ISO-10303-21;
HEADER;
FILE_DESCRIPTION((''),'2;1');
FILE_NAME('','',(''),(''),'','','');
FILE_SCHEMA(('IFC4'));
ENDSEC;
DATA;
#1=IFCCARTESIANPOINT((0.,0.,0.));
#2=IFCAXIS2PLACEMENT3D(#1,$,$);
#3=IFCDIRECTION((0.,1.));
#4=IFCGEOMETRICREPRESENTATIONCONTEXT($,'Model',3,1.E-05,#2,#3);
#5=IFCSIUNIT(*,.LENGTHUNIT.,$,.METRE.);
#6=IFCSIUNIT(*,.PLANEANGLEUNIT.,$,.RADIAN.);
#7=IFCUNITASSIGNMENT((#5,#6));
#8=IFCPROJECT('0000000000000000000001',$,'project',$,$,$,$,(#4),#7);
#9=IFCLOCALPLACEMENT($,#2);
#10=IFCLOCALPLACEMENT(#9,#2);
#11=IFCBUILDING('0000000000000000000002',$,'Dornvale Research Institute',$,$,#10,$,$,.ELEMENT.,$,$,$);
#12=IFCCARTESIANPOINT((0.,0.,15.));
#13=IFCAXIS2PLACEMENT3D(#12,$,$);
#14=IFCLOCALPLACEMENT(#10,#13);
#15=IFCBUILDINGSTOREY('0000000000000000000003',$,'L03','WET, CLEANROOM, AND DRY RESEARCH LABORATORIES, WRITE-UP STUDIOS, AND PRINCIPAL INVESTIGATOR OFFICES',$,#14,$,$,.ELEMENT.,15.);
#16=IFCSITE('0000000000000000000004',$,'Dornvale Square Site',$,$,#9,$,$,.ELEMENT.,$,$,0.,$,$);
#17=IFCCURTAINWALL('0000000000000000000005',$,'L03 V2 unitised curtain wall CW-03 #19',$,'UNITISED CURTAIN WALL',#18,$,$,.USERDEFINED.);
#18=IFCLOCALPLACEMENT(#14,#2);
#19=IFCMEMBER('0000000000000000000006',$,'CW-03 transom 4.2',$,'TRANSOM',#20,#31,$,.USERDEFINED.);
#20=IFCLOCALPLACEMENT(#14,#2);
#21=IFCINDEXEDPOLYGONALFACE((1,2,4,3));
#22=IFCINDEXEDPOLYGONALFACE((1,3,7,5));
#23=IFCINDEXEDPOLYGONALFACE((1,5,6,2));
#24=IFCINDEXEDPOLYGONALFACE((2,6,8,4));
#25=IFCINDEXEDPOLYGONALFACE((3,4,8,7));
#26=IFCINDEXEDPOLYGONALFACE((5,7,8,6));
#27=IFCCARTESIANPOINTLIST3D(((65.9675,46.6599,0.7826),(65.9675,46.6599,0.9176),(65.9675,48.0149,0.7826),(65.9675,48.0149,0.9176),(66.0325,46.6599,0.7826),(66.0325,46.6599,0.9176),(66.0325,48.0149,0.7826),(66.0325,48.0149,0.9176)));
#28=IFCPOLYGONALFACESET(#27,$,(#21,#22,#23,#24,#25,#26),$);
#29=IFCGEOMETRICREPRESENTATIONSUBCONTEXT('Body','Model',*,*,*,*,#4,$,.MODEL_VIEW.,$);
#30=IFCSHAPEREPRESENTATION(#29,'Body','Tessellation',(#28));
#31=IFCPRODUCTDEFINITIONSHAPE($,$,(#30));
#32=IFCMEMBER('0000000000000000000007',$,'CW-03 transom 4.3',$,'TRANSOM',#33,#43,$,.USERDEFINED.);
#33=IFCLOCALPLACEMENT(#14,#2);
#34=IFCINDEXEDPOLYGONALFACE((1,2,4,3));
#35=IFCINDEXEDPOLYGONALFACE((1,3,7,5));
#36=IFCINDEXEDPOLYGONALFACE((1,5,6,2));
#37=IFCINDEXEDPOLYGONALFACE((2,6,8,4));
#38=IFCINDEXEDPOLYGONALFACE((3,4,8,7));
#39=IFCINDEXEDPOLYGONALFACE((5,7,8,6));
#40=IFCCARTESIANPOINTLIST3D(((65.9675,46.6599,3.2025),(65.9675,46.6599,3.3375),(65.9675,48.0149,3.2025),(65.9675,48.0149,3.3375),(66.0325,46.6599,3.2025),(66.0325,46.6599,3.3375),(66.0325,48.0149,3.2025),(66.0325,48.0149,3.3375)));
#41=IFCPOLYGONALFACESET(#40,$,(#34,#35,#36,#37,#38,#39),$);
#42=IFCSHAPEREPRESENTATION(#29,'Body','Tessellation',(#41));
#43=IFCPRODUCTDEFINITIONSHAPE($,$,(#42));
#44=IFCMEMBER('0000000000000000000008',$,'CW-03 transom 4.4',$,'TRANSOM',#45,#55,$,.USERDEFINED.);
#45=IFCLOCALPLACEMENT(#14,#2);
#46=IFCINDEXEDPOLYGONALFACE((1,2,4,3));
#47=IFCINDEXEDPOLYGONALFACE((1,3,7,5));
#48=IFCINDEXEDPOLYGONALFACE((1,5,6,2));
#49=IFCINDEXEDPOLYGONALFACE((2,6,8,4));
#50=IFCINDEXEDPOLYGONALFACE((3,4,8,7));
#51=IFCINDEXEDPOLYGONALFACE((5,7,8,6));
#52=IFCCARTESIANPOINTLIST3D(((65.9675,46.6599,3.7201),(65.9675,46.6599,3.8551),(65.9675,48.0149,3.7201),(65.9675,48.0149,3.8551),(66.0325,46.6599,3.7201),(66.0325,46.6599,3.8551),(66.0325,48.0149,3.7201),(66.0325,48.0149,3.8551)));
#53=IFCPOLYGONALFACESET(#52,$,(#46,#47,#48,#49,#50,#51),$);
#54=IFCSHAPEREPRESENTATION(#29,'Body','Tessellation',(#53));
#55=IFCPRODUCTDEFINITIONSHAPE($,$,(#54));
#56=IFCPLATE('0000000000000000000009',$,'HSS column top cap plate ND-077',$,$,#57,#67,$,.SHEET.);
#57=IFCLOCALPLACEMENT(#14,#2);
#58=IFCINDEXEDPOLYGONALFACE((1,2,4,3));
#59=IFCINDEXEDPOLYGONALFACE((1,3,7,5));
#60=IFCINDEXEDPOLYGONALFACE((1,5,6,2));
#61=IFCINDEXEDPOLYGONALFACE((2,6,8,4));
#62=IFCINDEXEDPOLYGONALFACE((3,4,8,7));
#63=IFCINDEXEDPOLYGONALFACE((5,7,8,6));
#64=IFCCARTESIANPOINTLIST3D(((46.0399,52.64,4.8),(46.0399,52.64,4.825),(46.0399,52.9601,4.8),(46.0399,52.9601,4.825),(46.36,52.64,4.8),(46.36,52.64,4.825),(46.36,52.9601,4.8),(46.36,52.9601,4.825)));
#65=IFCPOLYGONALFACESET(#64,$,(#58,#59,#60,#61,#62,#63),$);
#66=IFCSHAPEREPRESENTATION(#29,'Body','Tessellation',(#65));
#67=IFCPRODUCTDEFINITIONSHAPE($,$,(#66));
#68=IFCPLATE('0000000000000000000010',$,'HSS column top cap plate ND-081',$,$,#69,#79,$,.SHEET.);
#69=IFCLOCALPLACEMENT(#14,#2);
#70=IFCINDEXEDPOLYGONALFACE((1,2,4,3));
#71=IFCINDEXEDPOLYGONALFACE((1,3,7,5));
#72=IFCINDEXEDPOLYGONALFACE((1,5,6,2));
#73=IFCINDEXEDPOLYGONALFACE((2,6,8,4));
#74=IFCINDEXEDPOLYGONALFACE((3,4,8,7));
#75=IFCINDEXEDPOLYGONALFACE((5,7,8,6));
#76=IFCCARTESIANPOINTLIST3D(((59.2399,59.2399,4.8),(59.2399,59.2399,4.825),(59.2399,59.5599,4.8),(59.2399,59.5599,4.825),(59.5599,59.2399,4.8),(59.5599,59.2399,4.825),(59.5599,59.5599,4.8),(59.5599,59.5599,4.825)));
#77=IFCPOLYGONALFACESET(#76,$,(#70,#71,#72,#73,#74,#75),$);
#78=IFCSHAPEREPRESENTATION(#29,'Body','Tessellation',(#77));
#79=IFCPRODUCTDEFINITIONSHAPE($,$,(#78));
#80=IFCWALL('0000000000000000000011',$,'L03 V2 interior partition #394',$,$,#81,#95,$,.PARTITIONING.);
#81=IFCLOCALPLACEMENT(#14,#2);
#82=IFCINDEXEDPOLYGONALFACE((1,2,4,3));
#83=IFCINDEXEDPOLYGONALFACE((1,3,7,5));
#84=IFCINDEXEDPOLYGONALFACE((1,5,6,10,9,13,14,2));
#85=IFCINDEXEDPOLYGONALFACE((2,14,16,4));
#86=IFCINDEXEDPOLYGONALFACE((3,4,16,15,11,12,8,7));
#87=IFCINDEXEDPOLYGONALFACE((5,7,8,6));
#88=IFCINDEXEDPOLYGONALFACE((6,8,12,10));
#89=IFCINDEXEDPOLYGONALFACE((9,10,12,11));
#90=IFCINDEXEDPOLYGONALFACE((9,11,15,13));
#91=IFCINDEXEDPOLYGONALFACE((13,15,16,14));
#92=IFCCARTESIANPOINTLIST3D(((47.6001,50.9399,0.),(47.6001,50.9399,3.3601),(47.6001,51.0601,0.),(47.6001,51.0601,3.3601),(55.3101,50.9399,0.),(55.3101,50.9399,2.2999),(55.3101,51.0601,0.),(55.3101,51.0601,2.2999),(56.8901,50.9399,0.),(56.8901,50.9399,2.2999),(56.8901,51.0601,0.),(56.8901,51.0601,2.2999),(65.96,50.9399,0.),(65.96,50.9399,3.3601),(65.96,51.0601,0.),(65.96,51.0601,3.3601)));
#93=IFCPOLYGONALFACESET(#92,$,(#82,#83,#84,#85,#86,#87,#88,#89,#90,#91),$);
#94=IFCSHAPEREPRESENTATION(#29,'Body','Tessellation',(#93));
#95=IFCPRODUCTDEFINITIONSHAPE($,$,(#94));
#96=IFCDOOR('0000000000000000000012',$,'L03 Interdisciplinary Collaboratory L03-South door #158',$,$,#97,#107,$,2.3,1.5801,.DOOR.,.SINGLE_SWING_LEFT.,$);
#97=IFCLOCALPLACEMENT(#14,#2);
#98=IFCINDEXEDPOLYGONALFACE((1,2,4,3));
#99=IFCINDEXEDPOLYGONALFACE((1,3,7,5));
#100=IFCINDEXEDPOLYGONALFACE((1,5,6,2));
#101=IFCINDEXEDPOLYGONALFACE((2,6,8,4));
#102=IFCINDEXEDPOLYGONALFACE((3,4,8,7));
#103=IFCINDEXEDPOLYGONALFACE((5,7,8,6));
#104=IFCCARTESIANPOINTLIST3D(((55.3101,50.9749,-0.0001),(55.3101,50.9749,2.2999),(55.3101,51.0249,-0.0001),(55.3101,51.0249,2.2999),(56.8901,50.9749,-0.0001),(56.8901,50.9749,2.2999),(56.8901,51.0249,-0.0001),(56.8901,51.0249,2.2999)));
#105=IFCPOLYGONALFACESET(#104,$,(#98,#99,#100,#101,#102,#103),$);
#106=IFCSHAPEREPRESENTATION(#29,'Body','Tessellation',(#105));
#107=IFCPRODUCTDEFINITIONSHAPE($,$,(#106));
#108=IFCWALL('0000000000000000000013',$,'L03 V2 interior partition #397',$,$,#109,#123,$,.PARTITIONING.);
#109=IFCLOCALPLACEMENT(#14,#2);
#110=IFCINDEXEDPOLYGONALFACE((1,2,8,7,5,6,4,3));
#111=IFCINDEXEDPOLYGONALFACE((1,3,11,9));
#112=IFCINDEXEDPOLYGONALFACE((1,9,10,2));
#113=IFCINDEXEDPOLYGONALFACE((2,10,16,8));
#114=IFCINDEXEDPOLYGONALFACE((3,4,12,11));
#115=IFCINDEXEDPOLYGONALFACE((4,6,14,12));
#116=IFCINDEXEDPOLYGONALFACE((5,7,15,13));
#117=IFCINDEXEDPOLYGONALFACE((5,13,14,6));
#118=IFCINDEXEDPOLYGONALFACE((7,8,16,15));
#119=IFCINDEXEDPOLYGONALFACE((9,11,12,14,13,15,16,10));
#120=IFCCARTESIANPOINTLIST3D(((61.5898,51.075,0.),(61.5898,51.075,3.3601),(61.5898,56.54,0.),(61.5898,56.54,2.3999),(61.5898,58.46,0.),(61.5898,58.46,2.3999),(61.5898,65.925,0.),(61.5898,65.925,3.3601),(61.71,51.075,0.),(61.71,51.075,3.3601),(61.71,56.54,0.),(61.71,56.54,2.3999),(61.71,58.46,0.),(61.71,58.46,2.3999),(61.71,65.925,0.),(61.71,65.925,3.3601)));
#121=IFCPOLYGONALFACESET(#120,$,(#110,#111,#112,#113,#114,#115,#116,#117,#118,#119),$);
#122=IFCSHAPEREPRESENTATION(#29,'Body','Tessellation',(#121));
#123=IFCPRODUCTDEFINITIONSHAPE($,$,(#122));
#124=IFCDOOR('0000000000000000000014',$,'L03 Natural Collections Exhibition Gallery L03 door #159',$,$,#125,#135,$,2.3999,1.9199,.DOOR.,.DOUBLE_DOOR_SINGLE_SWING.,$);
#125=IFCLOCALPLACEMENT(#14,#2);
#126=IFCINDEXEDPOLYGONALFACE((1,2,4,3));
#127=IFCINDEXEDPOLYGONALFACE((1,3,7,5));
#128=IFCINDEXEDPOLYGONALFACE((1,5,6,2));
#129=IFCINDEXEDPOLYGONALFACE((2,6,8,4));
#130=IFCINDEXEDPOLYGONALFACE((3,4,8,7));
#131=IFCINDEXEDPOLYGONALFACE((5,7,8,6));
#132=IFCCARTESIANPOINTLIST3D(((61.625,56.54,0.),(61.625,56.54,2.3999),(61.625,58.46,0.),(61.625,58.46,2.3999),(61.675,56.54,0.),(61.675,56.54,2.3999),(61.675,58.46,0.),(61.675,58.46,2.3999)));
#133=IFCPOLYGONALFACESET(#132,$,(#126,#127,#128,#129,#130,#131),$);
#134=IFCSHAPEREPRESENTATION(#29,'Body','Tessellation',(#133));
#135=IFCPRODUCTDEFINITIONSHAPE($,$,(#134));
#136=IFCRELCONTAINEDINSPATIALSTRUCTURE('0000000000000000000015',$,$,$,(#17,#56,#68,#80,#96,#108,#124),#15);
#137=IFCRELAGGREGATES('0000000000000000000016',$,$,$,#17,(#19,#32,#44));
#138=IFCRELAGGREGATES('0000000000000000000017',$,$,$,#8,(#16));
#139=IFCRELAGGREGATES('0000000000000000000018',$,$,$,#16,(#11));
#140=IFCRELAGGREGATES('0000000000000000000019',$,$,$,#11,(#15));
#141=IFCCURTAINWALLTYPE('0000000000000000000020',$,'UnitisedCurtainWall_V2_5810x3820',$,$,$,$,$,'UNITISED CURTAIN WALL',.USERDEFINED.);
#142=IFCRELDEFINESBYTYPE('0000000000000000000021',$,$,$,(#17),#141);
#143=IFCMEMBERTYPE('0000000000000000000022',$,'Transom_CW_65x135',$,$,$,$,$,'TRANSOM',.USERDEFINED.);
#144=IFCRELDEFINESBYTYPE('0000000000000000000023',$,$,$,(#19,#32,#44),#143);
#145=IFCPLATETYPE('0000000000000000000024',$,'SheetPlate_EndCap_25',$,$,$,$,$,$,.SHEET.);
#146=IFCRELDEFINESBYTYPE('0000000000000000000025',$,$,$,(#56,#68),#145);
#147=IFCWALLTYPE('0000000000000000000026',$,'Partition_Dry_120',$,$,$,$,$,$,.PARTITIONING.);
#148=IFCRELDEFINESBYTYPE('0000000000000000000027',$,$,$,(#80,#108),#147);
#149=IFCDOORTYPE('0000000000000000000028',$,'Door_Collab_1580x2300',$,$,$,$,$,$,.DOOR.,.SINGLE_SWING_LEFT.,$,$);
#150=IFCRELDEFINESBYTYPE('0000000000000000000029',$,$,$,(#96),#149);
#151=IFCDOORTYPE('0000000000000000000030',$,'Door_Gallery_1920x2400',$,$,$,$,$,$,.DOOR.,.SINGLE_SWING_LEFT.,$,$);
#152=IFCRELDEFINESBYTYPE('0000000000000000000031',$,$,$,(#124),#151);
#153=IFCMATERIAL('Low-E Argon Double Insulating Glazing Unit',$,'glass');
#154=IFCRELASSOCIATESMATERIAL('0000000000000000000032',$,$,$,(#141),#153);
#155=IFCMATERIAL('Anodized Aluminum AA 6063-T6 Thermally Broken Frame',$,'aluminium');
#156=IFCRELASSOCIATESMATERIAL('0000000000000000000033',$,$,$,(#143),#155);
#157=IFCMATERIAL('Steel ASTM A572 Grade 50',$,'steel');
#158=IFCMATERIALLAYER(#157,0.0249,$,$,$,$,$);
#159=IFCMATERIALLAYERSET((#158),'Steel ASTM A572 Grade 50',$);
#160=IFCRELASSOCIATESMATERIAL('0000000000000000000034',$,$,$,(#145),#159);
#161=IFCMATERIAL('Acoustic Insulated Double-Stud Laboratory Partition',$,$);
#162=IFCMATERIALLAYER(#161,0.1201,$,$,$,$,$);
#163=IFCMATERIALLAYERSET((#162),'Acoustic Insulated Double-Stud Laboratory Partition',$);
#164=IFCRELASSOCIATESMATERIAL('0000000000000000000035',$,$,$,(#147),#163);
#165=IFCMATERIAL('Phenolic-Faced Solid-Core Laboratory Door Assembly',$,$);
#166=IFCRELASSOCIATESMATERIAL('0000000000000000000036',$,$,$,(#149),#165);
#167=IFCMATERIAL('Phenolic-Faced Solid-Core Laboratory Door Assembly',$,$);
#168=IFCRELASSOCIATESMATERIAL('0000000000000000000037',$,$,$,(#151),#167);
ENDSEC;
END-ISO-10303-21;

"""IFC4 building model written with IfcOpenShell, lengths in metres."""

from ifc_helpers import new_model, si_unit, direction, frame, frame_2d, origin, origin_2d, place, context, subcontext, project, spatial, rectangle, extrude, material, layer, layer_set, material_profile, profile_set, type_object, element, fill, aggregate, save


model = new_model("IFC4")

# Units and contexts
model_context = context("Model", 3, precision=1e-05, world=origin(), true_north=direction((0.0, 1.0)))
body_context = subcontext(model_context, "Body", "Model", "MODEL_VIEW")
ifc_project = project(units=[si_unit("LENGTHUNIT", "METRE"), si_unit("PLANEANGLEUNIT", "RADIAN")], contexts=[model_context])

# Site, building, storey
site_placement = place(None, origin())
site = spatial("IfcSite", under=ifc_project, at=site_placement, Name="Dornvale Square Site", CompositionType="ELEMENT", RefElevation=0.0)
building_placement = place(site_placement, origin())
building = spatial("IfcBuilding", under=site, at=building_placement, Name="Dornvale Research Institute", CompositionType="ELEMENT")
storey_placement = place(building_placement, frame((0.0, 0.0, 15.0)))
storey = spatial("IfcBuildingStorey", under=building, at=storey_placement, Name="L03", Description="WET, CLEANROOM, AND DRY RESEARCH LABORATORIES, WRITE-UP STUDIOS, AND PRINCIPAL INVESTIGATOR OFFICES", CompositionType="ELEMENT", Elevation=15.0)

# Curtain wall, members
ifc_material_1 = material(Name="Low-E Argon Double Insulating Glazing Unit", Category="glass")
curtain_wall_type = type_object("IfcCurtainWallType", Name="UnitisedCurtainWall_V2_5810x3820", ElementType="UNITISED CURTAIN WALL", PredefinedType="USERDEFINED", material=ifc_material_1)
curtain_wall_placement = place(storey_placement, origin())
curtain_wall = element("IfcCurtainWall", 1, at=curtain_wall_placement, inside=storey, type_object=curtain_wall_type, Name="L03 V2 unitised curtain wall CW-03 #19", ObjectType="UNITISED CURTAIN WALL", PredefinedType="USERDEFINED")
ifc_material_2 = material(Name="Anodized Aluminum AA 6063-T6 Thermally Broken Frame", Category="aluminium")
ifc_material_profile_1 = material_profile(ifc_material_2, rectangle(XDim=0.0649, YDim=0.135, at=origin_2d()), Name="ALU TRANSOM 65x135")
ifc_profile_set_1 = profile_set([ifc_material_profile_1], Name="Anodized Aluminum AA 6063-T6 Thermally Broken Frame")
member_type = type_object("IfcMemberType", Name="Transom_CW_65x135", ElementType="TRANSOM", PredefinedType="USERDEFINED", material=ifc_profile_set_1)
member_1_placement = place(storey_placement, frame((66.0, 48.0149, 0.8501), z_axis=(0.0, -1.0, 0.0), x_axis=(1.0, 0.0, 0.0)))
member_1 = element("IfcMember", 2, at=member_1_placement, type_object=member_type, Name="CW-03 transom 4.2", ObjectType="TRANSOM", PredefinedType="USERDEFINED", context=body_context, shape_type="SweptSolid", body=[
    extrude(rectangle(XDim=0.0649, YDim=0.135, at=origin_2d()), origin(), (0.0, 0.0, 1.0), 1.355),
])
member_2_placement = place(storey_placement, frame((66.0, 48.0149, 3.27), z_axis=(0.0, -1.0, 0.0), x_axis=(1.0, 0.0, 0.0)))
member_2 = element("IfcMember", 3, at=member_2_placement, type_object=member_type, Name="CW-03 transom 4.3", ObjectType="TRANSOM", PredefinedType="USERDEFINED", context=body_context, shape_type="SweptSolid", body=[
    extrude(rectangle(XDim=0.0649, YDim=0.135, at=origin_2d()), origin(), (0.0, 0.0, 1.0), 1.355),
])
member_3_placement = place(storey_placement, frame((66.0, 48.0149, 3.7876), z_axis=(0.0, -1.0, 0.0), x_axis=(1.0, 0.0, 0.0)))
member_3 = element("IfcMember", 4, at=member_3_placement, type_object=member_type, Name="CW-03 transom 4.4", ObjectType="TRANSOM", PredefinedType="USERDEFINED", context=body_context, shape_type="SweptSolid", body=[
    extrude(rectangle(XDim=0.0649, YDim=0.135, at=origin_2d()), origin(), (0.0, 0.0, 1.0), 1.355),
])
aggregate(curtain_wall, [member_1, member_2, member_3])

# Plates
ifc_material_3 = material(Name="Steel ASTM A572 Grade 50", Category="steel")
ifc_layer_1 = layer(ifc_material_3, 0.0249)
ifc_layer_set_1 = layer_set([ifc_layer_1], Name="Steel ASTM A572 Grade 50")
plate_type = type_object("IfcPlateType", Name="SheetPlate_EndCap_25", PredefinedType="SHEET", material=ifc_layer_set_1)
for number, where, z_axis, x_axis, name in (
    (5, (46.2, 52.8, 4.8), (0.0, 0.0, 1.0), (1.0, 0.0, 0.0), "HSS column top cap plate ND-077"),
    (6, (59.3999, 59.3999, 4.8), (0.0, 0.0, 1.0), (1.0, 0.0, 0.0), "HSS column top cap plate ND-081"),
):
    element("IfcPlate", number, at=place(storey_placement, frame(where, z_axis=z_axis, x_axis=x_axis)), inside=storey, type_object=plate_type, Name=name, PredefinedType="SHEET", context=body_context, shape_type="SweptSolid", body=[
        extrude(rectangle(XDim=0.3201, YDim=0.3201, at=origin_2d()), origin(), (0.0, 0.0, 1.0), 0.0249),
    ])

# Walls, openings, doors
ifc_material_4 = material(Name="Acoustic Insulated Double-Stud Laboratory Partition")
ifc_layer_2 = layer(ifc_material_4, 0.1201)
ifc_layer_set_2 = layer_set([ifc_layer_2], Name="Acoustic Insulated Double-Stud Laboratory Partition")
wall_type = type_object("IfcWallType", Name="Partition_Dry_120", PredefinedType="PARTITIONING", material=ifc_layer_set_2)
wall_1_placement = place(storey_placement, frame((47.6001, 51.0, 0.0), z_axis=(0.0, 0.0, 1.0), x_axis=(1.0, 0.0, 0.0)))
wall_1 = element("IfcWall", 7, at=wall_1_placement, inside=storey, type_object=wall_type, Name="L03 V2 interior partition #394", PredefinedType="PARTITIONING", context=body_context, shape_type="SweptSolid", body=[
    extrude(rectangle(XDim=18.3599, YDim=0.1201, at=frame_2d((9.1799, 0.0))), origin(), (0.0, 0.0, 1.0), 3.3601),
])
opening_1_placement = place(wall_1_placement, frame((7.71, 0.0, 0.0)))
opening_1 = element("IfcOpeningElement", 8, at=opening_1_placement, cuts=wall_1, PredefinedType="OPENING", context=body_context, shape_type="SweptSolid", body=[
    extrude(rectangle(XDim=1.5801, YDim=2.3, at=frame_2d((0.79, 1.1499))), frame((0.0, 0.075, 0.0), z_axis=(0.0, -1.0, 0.0), x_axis=(1.0, 0.0, 0.0)), (0.0, 0.0, 1.0), 0.1501),
])
ifc_material_5 = material(Name="Phenolic-Faced Solid-Core Laboratory Door Assembly")
door_type_1 = type_object("IfcDoorType", Name="Door_Collab_1580x2300", OperationType="SINGLE_SWING_LEFT", PredefinedType="DOOR", material=ifc_material_5)
door_1_placement = place(opening_1_placement, origin())
door_1 = element("IfcDoor", 9, at=door_1_placement, inside=storey, type_object=door_type_1, Name="L03 Interdisciplinary Collaboratory L03-South door #158", OperationType="SINGLE_SWING_LEFT", OverallHeight=2.3, OverallWidth=1.5801, PredefinedType="DOOR", context=body_context, shape_type="SweptSolid", body=[
    extrude(rectangle(XDim=1.5801, YDim=2.3, at=frame_2d((0.79, 1.1499))), frame((0.0, 0.0249, 0.0), z_axis=(0.0, -1.0, 0.0), x_axis=(1.0, 0.0, 0.0)), (0.0, 0.0, 1.0), 0.05),
])
fill(opening_1, door_1)
wall_2_placement = place(storey_placement, frame((61.6499, 51.075, 0.0), z_axis=(0.0, 0.0, 1.0), x_axis=(0.0, 1.0, 0.0)))
wall_2 = element("IfcWall", 10, at=wall_2_placement, inside=storey, type_object=wall_type, Name="L03 V2 interior partition #397", PredefinedType="PARTITIONING", context=body_context, shape_type="SweptSolid", body=[
    extrude(rectangle(XDim=14.8501, YDim=0.1201, at=frame_2d((7.425, 0.0))), origin(), (0.0, 0.0, 1.0), 3.3601),
])
opening_2_placement = place(wall_2_placement, frame((5.4651, 0.0, 0.0)))
opening_2 = element("IfcOpeningElement", 11, at=opening_2_placement, cuts=wall_2, PredefinedType="OPENING", context=body_context, shape_type="SweptSolid", body=[
    extrude(rectangle(XDim=1.9199, YDim=2.3999, at=frame_2d((0.96, 1.2))), frame((0.0, 0.075, 0.0), z_axis=(0.0, -1.0, 0.0), x_axis=(1.0, 0.0, 0.0)), (0.0, 0.0, 1.0), 0.1501),
])
ifc_material_6 = material(Name="Phenolic-Faced Solid-Core Laboratory Door Assembly")
door_type_2 = type_object("IfcDoorType", Name="Door_Gallery_1920x2400", OperationType="SINGLE_SWING_LEFT", PredefinedType="DOOR", material=ifc_material_6)
door_2_placement = place(opening_2_placement, origin())
door_2 = element("IfcDoor", 12, at=door_2_placement, inside=storey, type_object=door_type_2, Name="L03 Natural Collections Exhibition Gallery L03 door #159", OperationType="DOUBLE_DOOR_SINGLE_SWING", OverallHeight=2.3999, OverallWidth=1.9199, PredefinedType="DOOR", context=body_context, shape_type="SweptSolid", body=[
    extrude(rectangle(XDim=1.9199, YDim=2.3999, at=frame_2d((0.96, 1.2))), frame((0.0, 0.0249, 0.0), z_axis=(0.0, -1.0, 0.0), x_axis=(1.0, 0.0, 0.0)), (0.0, 0.0, 1.0), 0.05),
])
fill(opening_2, door_2)

save(model, "model.ifc")
